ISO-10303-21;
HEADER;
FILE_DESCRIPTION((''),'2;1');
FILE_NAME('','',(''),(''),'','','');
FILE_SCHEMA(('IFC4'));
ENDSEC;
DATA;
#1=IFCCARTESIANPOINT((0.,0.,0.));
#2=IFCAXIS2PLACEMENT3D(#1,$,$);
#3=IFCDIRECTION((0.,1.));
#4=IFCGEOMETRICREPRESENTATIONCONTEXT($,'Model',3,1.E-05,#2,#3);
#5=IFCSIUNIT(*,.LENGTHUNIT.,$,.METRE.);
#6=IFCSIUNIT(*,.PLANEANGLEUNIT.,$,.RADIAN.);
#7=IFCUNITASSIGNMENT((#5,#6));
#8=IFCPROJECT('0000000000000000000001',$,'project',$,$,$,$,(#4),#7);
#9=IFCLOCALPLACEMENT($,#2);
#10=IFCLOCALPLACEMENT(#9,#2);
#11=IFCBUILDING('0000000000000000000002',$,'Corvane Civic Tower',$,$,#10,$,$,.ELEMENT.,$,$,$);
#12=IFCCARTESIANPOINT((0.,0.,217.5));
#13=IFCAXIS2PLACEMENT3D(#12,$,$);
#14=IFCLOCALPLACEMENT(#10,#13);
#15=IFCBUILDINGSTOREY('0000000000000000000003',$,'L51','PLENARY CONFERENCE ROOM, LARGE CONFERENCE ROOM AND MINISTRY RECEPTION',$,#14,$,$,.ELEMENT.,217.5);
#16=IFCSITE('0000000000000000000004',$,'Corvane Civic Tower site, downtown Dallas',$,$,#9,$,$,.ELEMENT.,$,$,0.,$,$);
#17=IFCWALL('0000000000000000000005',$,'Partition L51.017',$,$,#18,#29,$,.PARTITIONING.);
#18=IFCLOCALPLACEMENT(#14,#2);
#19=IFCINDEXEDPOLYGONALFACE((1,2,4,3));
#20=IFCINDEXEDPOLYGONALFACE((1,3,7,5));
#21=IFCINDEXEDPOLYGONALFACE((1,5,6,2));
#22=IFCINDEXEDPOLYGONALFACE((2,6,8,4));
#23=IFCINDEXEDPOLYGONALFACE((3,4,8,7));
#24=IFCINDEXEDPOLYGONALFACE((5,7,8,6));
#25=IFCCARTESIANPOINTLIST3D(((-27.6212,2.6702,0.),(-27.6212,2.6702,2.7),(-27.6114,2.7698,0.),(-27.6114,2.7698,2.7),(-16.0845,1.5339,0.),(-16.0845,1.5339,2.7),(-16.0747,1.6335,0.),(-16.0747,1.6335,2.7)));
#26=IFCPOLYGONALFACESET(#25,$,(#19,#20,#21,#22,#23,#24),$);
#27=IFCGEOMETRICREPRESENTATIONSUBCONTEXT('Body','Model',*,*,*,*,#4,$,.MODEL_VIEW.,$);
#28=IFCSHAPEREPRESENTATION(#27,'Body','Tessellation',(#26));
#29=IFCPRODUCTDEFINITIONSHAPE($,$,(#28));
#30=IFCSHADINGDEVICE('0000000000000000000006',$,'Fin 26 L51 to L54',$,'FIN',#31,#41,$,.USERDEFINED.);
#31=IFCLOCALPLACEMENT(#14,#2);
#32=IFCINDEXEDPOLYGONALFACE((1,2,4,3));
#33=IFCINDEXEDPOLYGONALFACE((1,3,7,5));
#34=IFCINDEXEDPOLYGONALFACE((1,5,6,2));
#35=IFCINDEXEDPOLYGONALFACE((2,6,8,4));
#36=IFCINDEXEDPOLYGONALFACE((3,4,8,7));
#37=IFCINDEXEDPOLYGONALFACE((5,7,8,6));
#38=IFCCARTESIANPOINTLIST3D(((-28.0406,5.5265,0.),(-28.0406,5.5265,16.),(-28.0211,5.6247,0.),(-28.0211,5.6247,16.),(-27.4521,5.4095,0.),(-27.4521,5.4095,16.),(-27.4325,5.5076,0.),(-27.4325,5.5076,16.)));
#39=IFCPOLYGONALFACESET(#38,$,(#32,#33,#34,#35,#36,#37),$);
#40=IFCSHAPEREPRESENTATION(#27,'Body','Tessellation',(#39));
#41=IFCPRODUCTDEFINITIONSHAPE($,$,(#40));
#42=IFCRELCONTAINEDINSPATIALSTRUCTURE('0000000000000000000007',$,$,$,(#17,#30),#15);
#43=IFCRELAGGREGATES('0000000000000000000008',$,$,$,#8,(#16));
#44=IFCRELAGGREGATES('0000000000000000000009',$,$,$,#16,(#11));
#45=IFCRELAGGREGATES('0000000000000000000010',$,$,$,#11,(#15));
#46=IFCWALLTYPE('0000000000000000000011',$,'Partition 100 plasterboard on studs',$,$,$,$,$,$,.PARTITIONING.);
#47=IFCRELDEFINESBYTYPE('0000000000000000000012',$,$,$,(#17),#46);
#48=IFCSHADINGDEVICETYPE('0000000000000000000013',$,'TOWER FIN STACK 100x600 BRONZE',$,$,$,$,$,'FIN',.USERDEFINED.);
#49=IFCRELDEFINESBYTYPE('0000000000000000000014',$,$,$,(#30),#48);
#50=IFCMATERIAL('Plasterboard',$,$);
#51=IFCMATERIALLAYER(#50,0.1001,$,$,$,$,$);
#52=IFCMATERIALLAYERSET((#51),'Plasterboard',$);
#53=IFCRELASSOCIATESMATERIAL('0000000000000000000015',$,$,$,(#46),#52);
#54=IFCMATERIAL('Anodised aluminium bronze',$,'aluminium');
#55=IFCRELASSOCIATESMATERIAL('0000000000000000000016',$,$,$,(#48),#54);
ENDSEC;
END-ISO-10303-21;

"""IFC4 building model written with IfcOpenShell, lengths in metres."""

from ifc_helpers import new_model, si_unit, direction, frame, frame_2d, origin, origin_2d, place, context, subcontext, project, spatial, rectangle, extrude, material, layer, layer_set, material_profile, profile_set, type_object, element, save


model = new_model("IFC4")

# Units and contexts
model_context = context("Model", 3, precision=1e-05, world=origin(), true_north=direction((0.0, 1.0)))
body_context = subcontext(model_context, "Body", "Model", "MODEL_VIEW")
ifc_project = project(units=[si_unit("LENGTHUNIT", "METRE"), si_unit("PLANEANGLEUNIT", "RADIAN")], contexts=[model_context])

# Site, building, storey
site_placement = place(None, origin())
site = spatial("IfcSite", under=ifc_project, at=site_placement, Name="Corvane Civic Tower site, downtown Dallas", CompositionType="ELEMENT", RefElevation=0.0)
building_placement = place(site_placement, origin())
building = spatial("IfcBuilding", under=site, at=building_placement, Name="Corvane Civic Tower", CompositionType="ELEMENT")
storey_placement = place(building_placement, frame((0.0, 0.0, 217.5)))
storey = spatial("IfcBuildingStorey", under=building, at=storey_placement, Name="L51", Description="PLENARY CONFERENCE ROOM, LARGE CONFERENCE ROOM AND MINISTRY RECEPTION", CompositionType="ELEMENT", Elevation=217.5)

# Shared definitions
ifc_material_1 = material(Name="Plasterboard")
ifc_layer_1 = layer(ifc_material_1, 0.1001)
ifc_layer_set_1 = layer_set([ifc_layer_1], Name="Plasterboard")
wall_type = type_object("IfcWallType", Name="Partition 100 plasterboard on studs", PredefinedType="PARTITIONING", material=ifc_layer_set_1)

# Wall
wall_1_placement = place(storey_placement, frame((-27.6165, 2.72, 0.0), z_axis=(0.0, 0.0, 1.0), x_axis=(0.995185, -0.098015, 0.0)))
element("IfcWall", 1, at=wall_1_placement, inside=storey, type_object=wall_type, Name="Partition L51.017", PredefinedType="PARTITIONING", context=body_context, shape_type="SweptSolid", body=[
    extrude(rectangle(XDim=11.5925, YDim=0.1001, at=frame_2d((5.7964, 0.0))), origin(), (0.0, 0.0, 1.0), 2.7),
])

# Shading device
ifc_material_2 = material(Name="Anodised aluminium bronze", Category="aluminium")
ifc_material_profile_1 = material_profile(ifc_material_2, rectangle(XDim=0.1001, YDim=0.6001, at=origin_2d()), Name="TOWER FIN STACK 100x600 BRONZE")
ifc_profile_set_1 = profile_set([ifc_material_profile_1], Name="Anodised aluminium bronze")
shading_device_type = type_object("IfcShadingDeviceType", Name="TOWER FIN STACK 100x600 BRONZE", ElementType="FIN", PredefinedType="USERDEFINED", material=ifc_profile_set_1)
shading_device_placement = place(storey_placement, frame((-27.7366, 5.5171, 0.0), z_axis=(0.0, 0.0, 1.0), x_axis=(0.19509, 0.980785, 0.0)))
element("IfcShadingDevice", 2, at=shading_device_placement, inside=storey, type_object=shading_device_type, Name="Fin 26 L51 to L54", ObjectType="FIN", PredefinedType="USERDEFINED", context=body_context, shape_type="SweptSolid", body=[
    extrude(rectangle(XDim=0.1001, YDim=0.6001, at=origin_2d()), origin(), (0.0, 0.0, 1.0), 16.0),
])

save(model, "model.ifc")
